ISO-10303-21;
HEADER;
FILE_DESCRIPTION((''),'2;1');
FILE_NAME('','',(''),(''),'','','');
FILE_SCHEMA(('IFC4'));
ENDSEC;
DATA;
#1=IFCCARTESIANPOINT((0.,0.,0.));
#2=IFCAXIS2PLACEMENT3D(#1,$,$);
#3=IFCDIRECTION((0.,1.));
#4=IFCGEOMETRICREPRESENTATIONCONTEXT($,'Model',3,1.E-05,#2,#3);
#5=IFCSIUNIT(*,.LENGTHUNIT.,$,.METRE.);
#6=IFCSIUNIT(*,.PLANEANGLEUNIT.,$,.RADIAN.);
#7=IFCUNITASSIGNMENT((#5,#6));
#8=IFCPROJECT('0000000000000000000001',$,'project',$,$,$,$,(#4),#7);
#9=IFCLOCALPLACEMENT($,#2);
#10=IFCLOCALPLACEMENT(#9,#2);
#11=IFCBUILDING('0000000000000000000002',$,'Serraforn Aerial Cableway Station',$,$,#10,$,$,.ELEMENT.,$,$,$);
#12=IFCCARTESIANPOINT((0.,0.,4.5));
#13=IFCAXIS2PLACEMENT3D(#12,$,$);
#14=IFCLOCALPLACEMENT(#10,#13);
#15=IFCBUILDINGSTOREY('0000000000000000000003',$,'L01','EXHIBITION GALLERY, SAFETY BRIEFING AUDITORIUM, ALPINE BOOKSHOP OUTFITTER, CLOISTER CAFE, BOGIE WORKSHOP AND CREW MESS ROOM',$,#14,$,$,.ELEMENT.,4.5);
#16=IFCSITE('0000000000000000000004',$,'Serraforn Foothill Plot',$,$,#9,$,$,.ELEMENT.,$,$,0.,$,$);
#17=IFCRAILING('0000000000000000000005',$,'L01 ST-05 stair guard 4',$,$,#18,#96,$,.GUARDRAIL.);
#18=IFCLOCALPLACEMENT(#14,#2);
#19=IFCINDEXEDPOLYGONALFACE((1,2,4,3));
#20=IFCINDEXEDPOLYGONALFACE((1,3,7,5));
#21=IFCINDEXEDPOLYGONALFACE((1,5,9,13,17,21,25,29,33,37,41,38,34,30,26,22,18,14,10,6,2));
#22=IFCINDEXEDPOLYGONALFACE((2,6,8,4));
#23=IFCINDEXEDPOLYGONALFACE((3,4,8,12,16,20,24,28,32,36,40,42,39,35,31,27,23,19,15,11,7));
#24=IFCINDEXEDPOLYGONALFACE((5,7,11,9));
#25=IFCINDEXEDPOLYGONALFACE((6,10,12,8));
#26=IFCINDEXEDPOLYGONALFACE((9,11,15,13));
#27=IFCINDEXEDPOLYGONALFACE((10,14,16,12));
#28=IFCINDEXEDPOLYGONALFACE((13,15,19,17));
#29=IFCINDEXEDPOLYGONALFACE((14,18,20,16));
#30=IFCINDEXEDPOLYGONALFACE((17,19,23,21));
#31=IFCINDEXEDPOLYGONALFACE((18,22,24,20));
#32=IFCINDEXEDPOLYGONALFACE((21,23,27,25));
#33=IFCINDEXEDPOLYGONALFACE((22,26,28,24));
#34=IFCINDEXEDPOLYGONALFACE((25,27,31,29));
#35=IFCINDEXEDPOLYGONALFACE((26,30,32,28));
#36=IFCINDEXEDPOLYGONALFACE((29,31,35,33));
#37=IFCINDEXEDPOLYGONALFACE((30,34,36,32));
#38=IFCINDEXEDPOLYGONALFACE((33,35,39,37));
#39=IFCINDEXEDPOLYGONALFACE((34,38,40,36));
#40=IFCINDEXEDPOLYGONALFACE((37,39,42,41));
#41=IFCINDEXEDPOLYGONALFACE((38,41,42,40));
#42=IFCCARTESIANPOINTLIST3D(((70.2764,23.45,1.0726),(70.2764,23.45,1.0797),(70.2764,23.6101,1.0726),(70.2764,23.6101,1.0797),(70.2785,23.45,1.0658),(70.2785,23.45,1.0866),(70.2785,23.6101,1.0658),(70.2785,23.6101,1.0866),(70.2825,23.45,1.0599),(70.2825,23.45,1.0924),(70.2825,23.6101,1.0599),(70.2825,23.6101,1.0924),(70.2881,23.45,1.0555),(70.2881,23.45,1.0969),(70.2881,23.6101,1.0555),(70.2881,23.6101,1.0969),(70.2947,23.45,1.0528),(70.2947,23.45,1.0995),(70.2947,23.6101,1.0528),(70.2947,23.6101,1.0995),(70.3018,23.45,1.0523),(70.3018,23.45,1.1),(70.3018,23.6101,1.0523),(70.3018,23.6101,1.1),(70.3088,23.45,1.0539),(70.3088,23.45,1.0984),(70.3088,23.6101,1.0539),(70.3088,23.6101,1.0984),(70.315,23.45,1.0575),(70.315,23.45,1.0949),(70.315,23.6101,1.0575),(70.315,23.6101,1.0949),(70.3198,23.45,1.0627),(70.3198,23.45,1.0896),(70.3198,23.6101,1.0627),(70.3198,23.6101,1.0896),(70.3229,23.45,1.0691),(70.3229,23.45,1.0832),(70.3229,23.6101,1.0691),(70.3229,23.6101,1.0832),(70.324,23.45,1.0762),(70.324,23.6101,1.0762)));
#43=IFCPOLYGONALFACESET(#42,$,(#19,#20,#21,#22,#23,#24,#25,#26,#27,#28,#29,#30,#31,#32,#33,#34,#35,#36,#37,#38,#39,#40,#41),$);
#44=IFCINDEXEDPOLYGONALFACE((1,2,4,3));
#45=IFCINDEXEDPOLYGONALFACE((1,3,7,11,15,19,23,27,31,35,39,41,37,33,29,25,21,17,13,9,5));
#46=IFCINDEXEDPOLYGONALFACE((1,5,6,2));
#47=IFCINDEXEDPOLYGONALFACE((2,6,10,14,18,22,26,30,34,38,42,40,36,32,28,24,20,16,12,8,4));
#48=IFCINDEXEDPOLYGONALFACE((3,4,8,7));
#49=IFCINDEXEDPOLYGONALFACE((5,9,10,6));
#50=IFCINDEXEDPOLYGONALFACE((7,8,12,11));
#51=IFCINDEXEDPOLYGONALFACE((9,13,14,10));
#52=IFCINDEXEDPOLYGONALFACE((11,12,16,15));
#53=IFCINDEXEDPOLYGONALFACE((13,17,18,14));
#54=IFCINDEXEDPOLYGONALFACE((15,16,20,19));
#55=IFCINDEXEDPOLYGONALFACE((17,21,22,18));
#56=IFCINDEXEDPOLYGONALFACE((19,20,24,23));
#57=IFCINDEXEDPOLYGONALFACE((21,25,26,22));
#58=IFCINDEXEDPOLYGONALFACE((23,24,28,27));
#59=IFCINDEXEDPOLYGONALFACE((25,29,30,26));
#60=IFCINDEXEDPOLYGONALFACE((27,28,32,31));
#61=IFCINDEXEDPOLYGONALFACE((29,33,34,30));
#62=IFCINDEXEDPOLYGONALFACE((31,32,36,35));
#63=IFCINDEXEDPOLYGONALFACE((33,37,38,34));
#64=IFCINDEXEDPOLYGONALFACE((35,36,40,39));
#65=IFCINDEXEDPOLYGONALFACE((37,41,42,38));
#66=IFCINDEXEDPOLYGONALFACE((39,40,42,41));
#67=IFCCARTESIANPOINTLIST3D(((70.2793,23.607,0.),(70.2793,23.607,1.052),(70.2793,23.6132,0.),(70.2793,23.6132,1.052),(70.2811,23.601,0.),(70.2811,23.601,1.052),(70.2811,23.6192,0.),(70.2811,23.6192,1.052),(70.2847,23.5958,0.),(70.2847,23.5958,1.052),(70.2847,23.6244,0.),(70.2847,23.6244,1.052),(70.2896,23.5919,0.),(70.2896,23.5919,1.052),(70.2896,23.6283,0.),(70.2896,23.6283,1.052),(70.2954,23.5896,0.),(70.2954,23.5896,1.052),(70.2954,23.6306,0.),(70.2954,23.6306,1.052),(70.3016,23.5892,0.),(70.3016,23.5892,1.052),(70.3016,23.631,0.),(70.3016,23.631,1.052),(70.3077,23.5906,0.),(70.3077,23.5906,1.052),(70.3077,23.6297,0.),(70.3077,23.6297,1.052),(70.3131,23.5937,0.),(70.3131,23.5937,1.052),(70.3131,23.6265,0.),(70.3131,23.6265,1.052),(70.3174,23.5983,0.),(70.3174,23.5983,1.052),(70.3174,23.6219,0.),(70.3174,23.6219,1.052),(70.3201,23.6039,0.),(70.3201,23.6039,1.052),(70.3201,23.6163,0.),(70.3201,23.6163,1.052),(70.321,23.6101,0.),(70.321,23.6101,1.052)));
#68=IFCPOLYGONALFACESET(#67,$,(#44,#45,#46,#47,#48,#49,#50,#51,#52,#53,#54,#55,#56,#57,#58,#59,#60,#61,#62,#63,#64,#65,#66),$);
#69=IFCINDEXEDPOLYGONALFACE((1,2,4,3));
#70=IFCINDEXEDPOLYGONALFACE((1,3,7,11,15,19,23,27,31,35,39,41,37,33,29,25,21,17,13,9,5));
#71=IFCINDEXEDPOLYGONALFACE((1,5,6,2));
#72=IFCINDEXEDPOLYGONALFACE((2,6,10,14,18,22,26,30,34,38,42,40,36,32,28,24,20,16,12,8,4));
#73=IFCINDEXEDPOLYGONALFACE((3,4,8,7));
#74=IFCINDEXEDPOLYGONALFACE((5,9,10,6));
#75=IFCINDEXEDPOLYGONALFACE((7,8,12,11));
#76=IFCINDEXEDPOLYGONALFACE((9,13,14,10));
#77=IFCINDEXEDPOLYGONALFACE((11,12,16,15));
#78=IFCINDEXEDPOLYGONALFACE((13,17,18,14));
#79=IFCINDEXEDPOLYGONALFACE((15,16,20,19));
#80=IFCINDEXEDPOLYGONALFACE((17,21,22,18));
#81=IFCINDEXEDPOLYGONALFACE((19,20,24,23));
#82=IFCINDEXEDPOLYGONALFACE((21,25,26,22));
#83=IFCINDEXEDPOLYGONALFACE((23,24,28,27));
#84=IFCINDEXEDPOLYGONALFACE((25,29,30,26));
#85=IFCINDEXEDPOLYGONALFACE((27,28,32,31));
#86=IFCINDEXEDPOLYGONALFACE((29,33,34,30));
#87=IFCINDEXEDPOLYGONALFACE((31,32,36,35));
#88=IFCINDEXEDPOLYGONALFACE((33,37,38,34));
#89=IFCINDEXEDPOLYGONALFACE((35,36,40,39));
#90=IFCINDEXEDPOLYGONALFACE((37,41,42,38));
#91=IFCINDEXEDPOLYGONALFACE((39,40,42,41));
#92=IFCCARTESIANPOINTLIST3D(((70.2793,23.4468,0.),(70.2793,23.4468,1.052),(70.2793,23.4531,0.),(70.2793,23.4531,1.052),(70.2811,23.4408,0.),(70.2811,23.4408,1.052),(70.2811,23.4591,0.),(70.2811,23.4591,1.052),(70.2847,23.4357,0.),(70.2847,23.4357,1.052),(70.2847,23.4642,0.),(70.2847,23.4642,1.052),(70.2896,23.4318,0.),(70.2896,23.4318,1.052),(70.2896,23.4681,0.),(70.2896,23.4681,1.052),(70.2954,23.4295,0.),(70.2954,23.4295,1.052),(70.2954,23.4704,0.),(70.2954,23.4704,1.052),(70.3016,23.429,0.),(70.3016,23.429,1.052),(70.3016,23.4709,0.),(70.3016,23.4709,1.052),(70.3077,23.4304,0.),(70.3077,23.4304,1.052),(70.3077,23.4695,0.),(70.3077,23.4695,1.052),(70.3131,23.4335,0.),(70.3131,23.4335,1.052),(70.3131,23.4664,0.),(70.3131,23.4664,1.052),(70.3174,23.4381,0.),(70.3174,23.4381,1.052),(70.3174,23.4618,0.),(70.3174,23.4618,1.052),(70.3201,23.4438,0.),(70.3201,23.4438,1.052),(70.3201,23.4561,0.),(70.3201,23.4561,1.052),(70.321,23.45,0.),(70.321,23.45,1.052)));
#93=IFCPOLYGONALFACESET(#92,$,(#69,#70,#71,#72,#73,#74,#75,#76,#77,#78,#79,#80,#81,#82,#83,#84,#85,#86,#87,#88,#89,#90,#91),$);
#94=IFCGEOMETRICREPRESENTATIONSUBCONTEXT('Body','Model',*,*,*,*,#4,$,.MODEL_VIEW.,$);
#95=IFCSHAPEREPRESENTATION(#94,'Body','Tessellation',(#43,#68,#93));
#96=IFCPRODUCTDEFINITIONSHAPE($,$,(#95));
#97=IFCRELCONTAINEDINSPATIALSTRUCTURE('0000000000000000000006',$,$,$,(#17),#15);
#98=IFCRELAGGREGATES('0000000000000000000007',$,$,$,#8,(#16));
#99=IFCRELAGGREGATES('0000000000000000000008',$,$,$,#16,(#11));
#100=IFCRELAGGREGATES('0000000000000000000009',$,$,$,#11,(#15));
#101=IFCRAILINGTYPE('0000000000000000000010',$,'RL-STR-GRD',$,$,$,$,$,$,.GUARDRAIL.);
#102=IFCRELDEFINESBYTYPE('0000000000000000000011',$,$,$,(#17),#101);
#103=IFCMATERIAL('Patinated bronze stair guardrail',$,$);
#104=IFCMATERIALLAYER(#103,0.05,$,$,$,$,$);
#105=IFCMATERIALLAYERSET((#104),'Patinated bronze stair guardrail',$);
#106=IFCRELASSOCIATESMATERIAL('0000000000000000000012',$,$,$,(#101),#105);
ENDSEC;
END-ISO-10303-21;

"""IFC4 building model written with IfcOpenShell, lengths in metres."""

from ifc_helpers import new_model, si_unit, direction, frame, origin, origin_2d, place, context, subcontext, project, spatial, circle, extrude, material, layer, layer_set, type_object, element, save


model = new_model("IFC4")

# Units and contexts
model_context = context("Model", 3, precision=1e-05, world=origin(), true_north=direction((0.0, 1.0)))
body_context = subcontext(model_context, "Body", "Model", "MODEL_VIEW")
ifc_project = project(units=[si_unit("LENGTHUNIT", "METRE"), si_unit("PLANEANGLEUNIT", "RADIAN")], contexts=[model_context])

# Site, building, storey
site_placement = place(None, origin())
site = spatial("IfcSite", under=ifc_project, at=site_placement, Name="Serraforn Foothill Plot", CompositionType="ELEMENT", RefElevation=0.0)
building_placement = place(site_placement, origin())
building = spatial("IfcBuilding", under=site, at=building_placement, Name="Serraforn Aerial Cableway Station", CompositionType="ELEMENT")
storey_placement = place(building_placement, frame((0.0, 0.0, 4.5)))
storey = spatial("IfcBuildingStorey", under=building, at=storey_placement, Name="L01", Description="EXHIBITION GALLERY, SAFETY BRIEFING AUDITORIUM, ALPINE BOOKSHOP OUTFITTER, CLOISTER CAFE, BOGIE WORKSHOP AND CREW MESS ROOM", CompositionType="ELEMENT", Elevation=4.5)

# Railing
ifc_material_1 = material(Name="Patinated bronze stair guardrail")
ifc_layer_1 = layer(ifc_material_1, 0.05)
ifc_layer_set_1 = layer_set([ifc_layer_1], Name="Patinated bronze stair guardrail")
railing_type_1 = type_object("IfcRailingType", Name="RL-STR-GRD", PredefinedType="GUARDRAIL", material=ifc_layer_set_1)
railing_1_placement = place(storey_placement, frame((70.3, 23.6101, 0.0)))
element("IfcRailing", 1, at=railing_1_placement, inside=storey, type_object=railing_type_1, Name="L01 ST-05 stair guard 4", PredefinedType="GUARDRAIL", context=body_context, shape_type="SweptSolid", body=[
    extrude(circle(Radius=0.0239, at=origin_2d()), frame((0.0, 0.0, 1.0762), z_axis=(0.0, -1.0, 0.0), x_axis=(1.0, 0.0, 0.0)), (0.0, 0.0, 1.0), 0.1602),
    extrude(circle(Radius=0.021, at=origin_2d()), origin(), (0.0, 0.0, 1.0), 1.052),
    extrude(circle(Radius=0.021, at=origin_2d()), frame((0.0, -0.1602, 0.0)), (0.0, 0.0, 1.0), 1.052),
])

save(model, "model.ifc")
